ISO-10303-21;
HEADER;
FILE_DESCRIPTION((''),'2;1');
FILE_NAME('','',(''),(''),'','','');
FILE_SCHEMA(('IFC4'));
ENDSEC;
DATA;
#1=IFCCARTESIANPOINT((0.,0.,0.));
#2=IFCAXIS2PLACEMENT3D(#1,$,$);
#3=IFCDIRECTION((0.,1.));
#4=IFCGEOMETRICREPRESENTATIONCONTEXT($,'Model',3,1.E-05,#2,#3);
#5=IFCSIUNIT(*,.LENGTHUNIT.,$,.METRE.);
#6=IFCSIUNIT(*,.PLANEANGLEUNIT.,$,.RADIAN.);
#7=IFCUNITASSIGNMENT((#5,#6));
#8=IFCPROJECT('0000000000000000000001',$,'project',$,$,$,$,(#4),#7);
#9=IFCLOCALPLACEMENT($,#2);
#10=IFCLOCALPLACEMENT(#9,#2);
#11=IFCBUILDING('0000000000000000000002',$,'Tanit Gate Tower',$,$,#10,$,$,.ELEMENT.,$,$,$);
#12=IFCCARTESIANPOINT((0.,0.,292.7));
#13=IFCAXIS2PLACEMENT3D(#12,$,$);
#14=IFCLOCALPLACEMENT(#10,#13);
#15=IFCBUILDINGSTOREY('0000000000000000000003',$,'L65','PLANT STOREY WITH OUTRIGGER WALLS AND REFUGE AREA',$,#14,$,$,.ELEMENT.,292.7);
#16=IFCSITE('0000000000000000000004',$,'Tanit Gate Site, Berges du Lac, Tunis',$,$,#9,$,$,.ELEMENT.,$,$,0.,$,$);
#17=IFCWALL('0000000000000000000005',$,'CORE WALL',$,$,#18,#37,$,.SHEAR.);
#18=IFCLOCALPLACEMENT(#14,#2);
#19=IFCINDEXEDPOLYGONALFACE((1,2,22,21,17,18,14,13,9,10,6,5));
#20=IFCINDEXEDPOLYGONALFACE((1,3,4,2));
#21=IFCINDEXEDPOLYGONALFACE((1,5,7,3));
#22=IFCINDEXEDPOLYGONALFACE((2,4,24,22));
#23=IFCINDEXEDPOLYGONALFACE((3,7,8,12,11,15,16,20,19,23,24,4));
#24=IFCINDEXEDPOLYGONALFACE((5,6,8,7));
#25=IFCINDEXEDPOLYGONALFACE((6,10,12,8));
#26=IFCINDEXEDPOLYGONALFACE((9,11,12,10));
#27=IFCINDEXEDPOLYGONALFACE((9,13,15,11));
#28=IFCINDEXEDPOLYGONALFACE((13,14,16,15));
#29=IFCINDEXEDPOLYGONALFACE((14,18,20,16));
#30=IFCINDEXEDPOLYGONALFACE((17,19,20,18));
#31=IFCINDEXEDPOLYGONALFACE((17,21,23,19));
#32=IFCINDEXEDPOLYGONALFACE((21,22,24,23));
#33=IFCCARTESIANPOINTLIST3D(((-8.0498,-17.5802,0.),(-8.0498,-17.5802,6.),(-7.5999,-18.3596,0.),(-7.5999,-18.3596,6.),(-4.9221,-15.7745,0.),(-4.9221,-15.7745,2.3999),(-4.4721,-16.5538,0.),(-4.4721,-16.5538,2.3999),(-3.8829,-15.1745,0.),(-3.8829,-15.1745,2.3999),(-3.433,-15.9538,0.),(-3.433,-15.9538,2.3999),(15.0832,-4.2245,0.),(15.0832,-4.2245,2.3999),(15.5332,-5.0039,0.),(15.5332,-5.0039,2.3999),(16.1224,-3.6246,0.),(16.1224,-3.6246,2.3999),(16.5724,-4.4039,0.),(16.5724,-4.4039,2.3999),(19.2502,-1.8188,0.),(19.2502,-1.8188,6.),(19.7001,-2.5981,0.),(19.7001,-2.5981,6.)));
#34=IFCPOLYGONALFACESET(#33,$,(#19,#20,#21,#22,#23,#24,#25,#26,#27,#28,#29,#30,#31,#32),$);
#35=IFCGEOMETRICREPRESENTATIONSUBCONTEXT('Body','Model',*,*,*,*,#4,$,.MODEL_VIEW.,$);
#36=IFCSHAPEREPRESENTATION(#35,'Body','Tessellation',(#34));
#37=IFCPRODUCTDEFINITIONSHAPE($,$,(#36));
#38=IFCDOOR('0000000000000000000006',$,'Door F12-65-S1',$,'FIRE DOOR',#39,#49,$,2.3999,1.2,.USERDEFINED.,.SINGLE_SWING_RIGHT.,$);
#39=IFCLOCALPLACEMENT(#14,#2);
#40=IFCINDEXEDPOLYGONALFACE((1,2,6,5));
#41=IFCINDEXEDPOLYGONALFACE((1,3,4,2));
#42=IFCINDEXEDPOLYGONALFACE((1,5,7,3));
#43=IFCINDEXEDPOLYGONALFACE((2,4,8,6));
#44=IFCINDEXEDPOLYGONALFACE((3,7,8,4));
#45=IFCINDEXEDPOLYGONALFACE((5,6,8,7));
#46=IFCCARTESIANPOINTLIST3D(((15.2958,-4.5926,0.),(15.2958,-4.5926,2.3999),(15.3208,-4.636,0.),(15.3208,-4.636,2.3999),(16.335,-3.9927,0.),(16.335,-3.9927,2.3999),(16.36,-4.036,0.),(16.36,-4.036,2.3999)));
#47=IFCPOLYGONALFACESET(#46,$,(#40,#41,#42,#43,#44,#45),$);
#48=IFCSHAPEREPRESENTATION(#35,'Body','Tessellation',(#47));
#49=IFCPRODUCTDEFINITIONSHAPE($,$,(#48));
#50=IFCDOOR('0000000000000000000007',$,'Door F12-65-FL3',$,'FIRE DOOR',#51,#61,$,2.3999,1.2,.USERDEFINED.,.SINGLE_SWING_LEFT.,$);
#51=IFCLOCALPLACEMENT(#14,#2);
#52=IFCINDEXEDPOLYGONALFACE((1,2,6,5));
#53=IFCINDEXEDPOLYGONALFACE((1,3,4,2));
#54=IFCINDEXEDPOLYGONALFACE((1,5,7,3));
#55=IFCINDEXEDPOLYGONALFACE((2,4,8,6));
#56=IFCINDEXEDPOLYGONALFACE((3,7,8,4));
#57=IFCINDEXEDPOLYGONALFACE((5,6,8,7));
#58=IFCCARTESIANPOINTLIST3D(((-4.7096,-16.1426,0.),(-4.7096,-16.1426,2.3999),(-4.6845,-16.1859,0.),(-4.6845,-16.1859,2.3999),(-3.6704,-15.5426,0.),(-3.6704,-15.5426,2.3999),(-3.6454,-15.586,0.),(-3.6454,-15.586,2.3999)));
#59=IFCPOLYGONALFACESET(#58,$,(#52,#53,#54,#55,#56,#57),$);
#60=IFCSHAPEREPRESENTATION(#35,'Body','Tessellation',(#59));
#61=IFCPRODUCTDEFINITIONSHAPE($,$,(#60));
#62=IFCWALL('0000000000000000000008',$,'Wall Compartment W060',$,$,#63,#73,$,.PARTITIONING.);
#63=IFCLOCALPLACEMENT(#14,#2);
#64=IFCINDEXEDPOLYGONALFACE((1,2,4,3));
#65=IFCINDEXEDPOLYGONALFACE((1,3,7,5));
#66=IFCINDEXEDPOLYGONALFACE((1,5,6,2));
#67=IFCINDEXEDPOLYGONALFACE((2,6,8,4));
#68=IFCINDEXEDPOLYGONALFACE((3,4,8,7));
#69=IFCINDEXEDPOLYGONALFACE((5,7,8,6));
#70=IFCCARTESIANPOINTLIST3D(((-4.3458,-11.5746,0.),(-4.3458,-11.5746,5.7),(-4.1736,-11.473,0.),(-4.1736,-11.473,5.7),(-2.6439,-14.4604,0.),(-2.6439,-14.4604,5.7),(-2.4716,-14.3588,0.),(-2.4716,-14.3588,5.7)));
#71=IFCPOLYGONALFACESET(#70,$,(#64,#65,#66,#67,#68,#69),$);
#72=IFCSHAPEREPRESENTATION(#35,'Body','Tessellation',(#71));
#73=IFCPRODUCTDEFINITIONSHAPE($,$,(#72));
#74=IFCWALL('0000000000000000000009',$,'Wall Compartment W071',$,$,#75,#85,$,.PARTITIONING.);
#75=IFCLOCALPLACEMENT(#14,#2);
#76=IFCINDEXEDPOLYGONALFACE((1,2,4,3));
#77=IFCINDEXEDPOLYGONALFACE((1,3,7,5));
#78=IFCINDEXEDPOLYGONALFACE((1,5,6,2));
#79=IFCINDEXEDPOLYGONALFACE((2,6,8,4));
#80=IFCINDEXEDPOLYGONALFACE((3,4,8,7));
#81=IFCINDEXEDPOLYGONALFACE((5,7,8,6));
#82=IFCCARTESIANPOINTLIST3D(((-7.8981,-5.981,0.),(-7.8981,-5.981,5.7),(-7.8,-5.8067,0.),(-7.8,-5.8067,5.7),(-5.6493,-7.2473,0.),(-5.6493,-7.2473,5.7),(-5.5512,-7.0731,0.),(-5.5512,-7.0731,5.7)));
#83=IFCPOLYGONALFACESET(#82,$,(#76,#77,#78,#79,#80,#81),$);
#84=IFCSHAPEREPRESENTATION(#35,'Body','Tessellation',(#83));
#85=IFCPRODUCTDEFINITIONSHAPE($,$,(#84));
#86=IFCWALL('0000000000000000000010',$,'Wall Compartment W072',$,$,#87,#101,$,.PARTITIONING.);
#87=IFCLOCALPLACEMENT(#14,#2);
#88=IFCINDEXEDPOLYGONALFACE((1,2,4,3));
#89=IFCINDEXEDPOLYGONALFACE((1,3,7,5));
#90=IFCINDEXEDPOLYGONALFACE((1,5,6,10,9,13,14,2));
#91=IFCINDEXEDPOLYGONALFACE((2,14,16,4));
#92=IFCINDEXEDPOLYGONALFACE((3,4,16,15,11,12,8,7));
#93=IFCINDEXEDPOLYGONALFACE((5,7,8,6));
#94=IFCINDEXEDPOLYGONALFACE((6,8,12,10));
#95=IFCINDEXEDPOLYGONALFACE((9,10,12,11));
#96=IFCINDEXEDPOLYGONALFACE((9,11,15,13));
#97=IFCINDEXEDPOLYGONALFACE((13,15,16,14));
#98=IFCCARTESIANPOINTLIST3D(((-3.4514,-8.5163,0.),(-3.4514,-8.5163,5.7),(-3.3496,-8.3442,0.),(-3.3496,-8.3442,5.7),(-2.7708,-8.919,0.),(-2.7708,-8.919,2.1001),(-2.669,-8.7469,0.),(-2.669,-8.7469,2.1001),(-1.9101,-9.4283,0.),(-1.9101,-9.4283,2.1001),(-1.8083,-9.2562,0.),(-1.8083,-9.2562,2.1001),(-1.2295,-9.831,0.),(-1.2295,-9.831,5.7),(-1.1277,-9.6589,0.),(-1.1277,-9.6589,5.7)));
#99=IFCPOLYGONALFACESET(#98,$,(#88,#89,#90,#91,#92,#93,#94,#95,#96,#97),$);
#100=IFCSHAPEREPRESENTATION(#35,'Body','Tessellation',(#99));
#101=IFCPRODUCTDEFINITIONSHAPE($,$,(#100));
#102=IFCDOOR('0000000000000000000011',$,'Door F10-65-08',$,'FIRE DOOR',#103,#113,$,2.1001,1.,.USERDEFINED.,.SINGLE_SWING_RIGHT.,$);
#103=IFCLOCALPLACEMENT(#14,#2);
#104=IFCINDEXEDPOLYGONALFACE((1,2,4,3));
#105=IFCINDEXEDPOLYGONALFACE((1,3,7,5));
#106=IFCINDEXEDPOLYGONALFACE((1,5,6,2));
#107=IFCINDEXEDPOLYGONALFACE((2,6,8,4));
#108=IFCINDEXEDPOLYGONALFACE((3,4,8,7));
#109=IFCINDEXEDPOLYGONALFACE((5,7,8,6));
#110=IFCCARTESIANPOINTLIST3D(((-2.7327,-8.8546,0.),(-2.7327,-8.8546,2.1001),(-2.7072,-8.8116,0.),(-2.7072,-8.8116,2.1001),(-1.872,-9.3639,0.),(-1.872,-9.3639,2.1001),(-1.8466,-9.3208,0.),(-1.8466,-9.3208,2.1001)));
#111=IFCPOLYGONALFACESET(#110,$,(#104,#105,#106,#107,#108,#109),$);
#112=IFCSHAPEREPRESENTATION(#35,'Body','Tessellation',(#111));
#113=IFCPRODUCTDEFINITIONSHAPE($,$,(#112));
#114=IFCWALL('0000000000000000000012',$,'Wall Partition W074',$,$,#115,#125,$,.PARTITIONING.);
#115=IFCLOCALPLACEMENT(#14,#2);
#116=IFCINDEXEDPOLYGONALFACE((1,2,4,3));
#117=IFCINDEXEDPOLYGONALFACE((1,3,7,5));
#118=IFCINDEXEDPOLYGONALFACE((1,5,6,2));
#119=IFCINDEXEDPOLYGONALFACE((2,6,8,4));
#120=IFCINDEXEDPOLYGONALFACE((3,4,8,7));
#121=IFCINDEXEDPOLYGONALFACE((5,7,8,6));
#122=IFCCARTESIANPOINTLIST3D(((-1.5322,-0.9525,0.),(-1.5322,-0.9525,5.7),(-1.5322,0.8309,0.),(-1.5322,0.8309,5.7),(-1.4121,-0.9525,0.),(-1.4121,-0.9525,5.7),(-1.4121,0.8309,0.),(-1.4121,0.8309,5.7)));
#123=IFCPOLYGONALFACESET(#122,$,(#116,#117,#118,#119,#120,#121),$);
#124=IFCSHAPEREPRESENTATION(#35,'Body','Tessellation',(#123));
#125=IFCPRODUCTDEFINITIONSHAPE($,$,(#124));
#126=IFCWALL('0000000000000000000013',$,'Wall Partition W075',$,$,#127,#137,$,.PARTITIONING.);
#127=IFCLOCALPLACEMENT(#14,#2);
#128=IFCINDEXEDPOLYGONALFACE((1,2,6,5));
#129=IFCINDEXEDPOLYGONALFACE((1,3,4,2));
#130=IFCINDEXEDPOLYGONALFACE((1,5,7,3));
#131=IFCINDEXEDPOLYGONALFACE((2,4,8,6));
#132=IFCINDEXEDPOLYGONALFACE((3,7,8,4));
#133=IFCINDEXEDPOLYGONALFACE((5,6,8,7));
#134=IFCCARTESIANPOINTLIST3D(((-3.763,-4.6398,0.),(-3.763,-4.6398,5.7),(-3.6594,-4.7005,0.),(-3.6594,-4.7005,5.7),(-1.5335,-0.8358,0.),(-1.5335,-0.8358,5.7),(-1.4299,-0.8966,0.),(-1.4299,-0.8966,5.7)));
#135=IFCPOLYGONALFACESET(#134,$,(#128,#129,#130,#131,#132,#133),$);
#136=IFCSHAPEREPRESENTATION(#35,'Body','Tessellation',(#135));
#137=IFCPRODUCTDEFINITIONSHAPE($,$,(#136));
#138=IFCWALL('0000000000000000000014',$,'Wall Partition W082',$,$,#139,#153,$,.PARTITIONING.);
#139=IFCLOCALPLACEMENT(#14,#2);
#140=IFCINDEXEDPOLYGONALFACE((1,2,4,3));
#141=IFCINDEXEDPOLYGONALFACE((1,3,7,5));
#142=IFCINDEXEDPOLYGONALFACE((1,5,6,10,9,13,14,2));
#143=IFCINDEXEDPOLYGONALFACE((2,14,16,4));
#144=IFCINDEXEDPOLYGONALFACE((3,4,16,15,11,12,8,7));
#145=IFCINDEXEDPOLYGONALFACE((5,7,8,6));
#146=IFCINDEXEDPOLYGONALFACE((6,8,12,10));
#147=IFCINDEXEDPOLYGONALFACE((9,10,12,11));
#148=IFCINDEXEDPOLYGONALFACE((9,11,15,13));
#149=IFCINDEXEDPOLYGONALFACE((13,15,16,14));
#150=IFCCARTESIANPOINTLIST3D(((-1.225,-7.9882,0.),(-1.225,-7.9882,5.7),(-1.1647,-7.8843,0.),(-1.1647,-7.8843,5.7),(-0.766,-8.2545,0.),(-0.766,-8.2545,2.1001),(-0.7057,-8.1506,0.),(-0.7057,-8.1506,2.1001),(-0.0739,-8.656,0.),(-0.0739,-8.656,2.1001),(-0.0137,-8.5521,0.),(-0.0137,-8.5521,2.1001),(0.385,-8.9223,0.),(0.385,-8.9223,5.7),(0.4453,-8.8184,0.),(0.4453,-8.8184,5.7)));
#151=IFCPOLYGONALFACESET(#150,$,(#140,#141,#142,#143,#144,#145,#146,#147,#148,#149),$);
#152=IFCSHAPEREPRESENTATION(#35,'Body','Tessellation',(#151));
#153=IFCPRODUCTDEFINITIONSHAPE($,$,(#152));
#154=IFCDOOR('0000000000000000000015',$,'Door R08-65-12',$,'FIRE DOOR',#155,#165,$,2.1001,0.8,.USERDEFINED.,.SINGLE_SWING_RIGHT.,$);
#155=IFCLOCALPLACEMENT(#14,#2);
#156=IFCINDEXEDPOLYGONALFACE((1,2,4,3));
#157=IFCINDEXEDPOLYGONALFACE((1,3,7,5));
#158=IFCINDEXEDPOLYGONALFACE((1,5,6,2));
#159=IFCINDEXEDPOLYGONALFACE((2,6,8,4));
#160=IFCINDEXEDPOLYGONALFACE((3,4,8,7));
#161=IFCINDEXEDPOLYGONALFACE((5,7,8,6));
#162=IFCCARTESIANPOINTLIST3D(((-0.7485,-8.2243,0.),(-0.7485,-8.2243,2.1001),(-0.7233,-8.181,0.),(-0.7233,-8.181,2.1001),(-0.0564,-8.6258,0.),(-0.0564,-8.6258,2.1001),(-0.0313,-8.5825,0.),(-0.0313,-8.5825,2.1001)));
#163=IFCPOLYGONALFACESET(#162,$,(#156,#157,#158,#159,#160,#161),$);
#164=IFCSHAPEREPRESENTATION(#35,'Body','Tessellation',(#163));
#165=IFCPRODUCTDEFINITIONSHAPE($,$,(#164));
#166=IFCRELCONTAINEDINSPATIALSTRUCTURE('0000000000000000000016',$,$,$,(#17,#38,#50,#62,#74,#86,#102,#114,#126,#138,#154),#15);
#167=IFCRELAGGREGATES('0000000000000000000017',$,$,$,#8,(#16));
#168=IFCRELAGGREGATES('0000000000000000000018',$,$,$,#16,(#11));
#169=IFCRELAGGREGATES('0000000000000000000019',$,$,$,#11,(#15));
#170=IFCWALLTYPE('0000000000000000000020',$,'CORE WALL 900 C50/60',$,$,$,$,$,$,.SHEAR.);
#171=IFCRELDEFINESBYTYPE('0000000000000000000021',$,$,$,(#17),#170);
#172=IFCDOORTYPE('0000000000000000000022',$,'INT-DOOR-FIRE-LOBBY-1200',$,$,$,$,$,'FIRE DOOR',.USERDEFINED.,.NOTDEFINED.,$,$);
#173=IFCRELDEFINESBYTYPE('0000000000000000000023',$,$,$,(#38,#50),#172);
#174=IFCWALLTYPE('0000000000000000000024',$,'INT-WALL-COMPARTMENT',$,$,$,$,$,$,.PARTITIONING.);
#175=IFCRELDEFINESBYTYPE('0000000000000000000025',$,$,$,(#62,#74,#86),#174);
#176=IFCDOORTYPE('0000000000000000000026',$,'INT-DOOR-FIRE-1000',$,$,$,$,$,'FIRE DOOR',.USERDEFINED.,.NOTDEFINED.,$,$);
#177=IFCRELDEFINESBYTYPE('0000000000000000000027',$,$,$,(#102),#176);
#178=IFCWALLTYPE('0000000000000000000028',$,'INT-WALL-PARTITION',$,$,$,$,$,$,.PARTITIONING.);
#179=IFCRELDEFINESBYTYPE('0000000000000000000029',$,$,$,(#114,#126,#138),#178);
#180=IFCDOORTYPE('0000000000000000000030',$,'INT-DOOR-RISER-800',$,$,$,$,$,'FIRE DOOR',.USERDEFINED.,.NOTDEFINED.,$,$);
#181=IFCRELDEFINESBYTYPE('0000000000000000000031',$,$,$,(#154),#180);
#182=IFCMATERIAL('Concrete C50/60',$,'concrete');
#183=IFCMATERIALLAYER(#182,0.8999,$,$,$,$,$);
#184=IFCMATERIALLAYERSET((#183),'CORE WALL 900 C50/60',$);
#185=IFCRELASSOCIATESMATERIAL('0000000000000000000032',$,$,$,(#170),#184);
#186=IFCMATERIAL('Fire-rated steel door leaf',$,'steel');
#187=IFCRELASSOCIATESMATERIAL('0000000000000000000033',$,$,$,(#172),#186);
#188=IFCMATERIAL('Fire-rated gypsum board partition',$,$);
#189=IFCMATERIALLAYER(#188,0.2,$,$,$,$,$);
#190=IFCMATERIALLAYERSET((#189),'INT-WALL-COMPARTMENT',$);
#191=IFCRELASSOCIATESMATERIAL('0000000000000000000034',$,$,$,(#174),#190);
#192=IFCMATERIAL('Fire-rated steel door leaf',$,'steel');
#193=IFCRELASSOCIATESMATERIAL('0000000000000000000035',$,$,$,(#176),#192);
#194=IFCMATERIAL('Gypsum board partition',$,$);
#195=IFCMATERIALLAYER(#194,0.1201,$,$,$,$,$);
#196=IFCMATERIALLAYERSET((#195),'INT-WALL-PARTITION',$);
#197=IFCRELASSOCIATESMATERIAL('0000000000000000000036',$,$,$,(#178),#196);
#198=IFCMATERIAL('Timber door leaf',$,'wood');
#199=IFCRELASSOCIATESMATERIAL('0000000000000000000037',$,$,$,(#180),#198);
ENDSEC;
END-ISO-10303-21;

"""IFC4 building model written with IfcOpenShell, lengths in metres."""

from ifc_helpers import new_model, si_unit, direction, frame, frame_2d, origin, place, context, subcontext, project, spatial, rectangle, extrude, material, layer, layer_set, type_object, element, fill, save


model = new_model("IFC4")

# Units and contexts
model_context = context("Model", 3, precision=1e-05, world=origin(), true_north=direction((0.0, 1.0)))
body_context = subcontext(model_context, "Body", "Model", "MODEL_VIEW")
ifc_project = project(units=[si_unit("LENGTHUNIT", "METRE"), si_unit("PLANEANGLEUNIT", "RADIAN")], contexts=[model_context])

# Site, building, storey
site_placement = place(None, origin())
site = spatial("IfcSite", under=ifc_project, at=site_placement, Name="Tanit Gate Site, Berges du Lac, Tunis", CompositionType="ELEMENT", RefElevation=0.0)
building_placement = place(site_placement, origin())
building = spatial("IfcBuilding", under=site, at=building_placement, Name="Tanit Gate Tower", CompositionType="ELEMENT")
storey_placement = place(building_placement, frame((0.0, 0.0, 292.7)))
storey = spatial("IfcBuildingStorey", under=building, at=storey_placement, Name="L65", Description="PLANT STOREY WITH OUTRIGGER WALLS AND REFUGE AREA", CompositionType="ELEMENT", Elevation=292.7)

# Wall, openings, doors
ifc_material_1 = material(Name="Concrete C50/60", Category="concrete")
ifc_layer_1 = layer(ifc_material_1, 0.8999)
ifc_layer_set_1 = layer_set([ifc_layer_1], Name="CORE WALL 900 C50/60")
wall_type_1 = type_object("IfcWallType", Name="CORE WALL 900 C50/60", PredefinedType="SHEAR", material=ifc_layer_set_1)
wall_1_placement = place(storey_placement, frame((-7.825, -17.97, 0.0), z_axis=(0.0, 0.0, 1.0), x_axis=(0.866028, 0.499995, 0.0)))
wall_1 = element("IfcWall", 1, at=wall_1_placement, inside=storey, type_object=wall_type_1, Name="CORE WALL", PredefinedType="SHEAR", context=body_context, shape_type="SweptSolid", body=[
    extrude(rectangle(XDim=31.5232, YDim=0.8999, at=frame_2d((15.7617, 0.0))), origin(), (0.0, 0.0, 1.0), 6.0),
])
opening_1_placement = place(wall_1_placement, frame((26.7117, 0.0, 0.0)))
opening_1 = element("IfcOpeningElement", 2, at=opening_1_placement, cuts=wall_1, PredefinedType="OPENING", context=body_context, shape_type="SweptSolid", body=[
    extrude(rectangle(XDim=1.2, YDim=2.3999, at=frame_2d((0.6001, 1.2))), frame((0.0, 0.46, 0.0), z_axis=(0.0, -1.0, 0.0), x_axis=(1.0, 0.0, 0.0)), (0.0, 0.0, 1.0), 0.9199),
])
opening_2_placement = place(wall_1_placement, frame((3.6116, 0.0, 0.0)))
opening_2 = element("IfcOpeningElement", 3, at=opening_2_placement, cuts=wall_1, PredefinedType="OPENING", context=body_context, shape_type="SweptSolid", body=[
    extrude(rectangle(XDim=1.2, YDim=2.3999, at=frame_2d((0.6001, 1.2))), frame((0.0, 0.46, 0.0), z_axis=(0.0, -1.0, 0.0), x_axis=(1.0, 0.0, 0.0)), (0.0, 0.0, 1.0), 0.9199),
])
ifc_material_2 = material(Name="Fire-rated steel door leaf", Category="steel")
door_type_1 = type_object("IfcDoorType", Name="INT-DOOR-FIRE-LOBBY-1200", ElementType="FIRE DOOR", OperationType="NOTDEFINED", PredefinedType="USERDEFINED", material=ifc_material_2)
door_1_placement = place(opening_1_placement, origin())
door_1 = element("IfcDoor", 4, at=door_1_placement, inside=storey, type_object=door_type_1, Name="Door F12-65-S1", ObjectType="FIRE DOOR", OperationType="SINGLE_SWING_RIGHT", OverallHeight=2.3999, OverallWidth=1.2, PredefinedType="USERDEFINED", context=body_context, shape_type="SweptSolid", body=[
    extrude(rectangle(XDim=1.2, YDim=2.3999, at=frame_2d((0.6001, 1.2))), frame((0.0, 0.0249, 0.0), z_axis=(0.0, -1.0, 0.0), x_axis=(1.0, 0.0, 0.0)), (0.0, 0.0, 1.0), 0.05),
])
fill(opening_1, door_1)
door_2_placement = place(opening_2_placement, origin())
door_2 = element("IfcDoor", 5, at=door_2_placement, inside=storey, type_object=door_type_1, Name="Door F12-65-FL3", ObjectType="FIRE DOOR", OperationType="SINGLE_SWING_LEFT", OverallHeight=2.3999, OverallWidth=1.2, PredefinedType="USERDEFINED", context=body_context, shape_type="SweptSolid", body=[
    extrude(rectangle(XDim=1.2, YDim=2.3999, at=frame_2d((0.6001, 1.2))), frame((0.0, 0.0249, 0.0), z_axis=(0.0, -1.0, 0.0), x_axis=(1.0, 0.0, 0.0)), (0.0, 0.0, 1.0), 0.05),
])
fill(opening_2, door_2)

# Walls
ifc_material_3 = material(Name="Fire-rated gypsum board partition")
ifc_layer_2 = layer(ifc_material_3, 0.2)
ifc_layer_set_2 = layer_set([ifc_layer_2], Name="INT-WALL-COMPARTMENT")
wall_type_2 = type_object("IfcWallType", Name="INT-WALL-COMPARTMENT", PredefinedType="PARTITIONING", material=ifc_layer_set_2)
wall_2_placement = place(storey_placement, frame((-4.2598, -11.5237, 0.0), z_axis=(0.0, 0.0, 1.0), x_axis=(0.507997, -0.861359, 0.0)))
element("IfcWall", 6, at=wall_2_placement, inside=storey, type_object=wall_type_2, Name="Wall Compartment W060", PredefinedType="PARTITIONING", context=body_context, shape_type="SweptSolid", body=[
    extrude(rectangle(XDim=3.3503, YDim=0.2, at=frame_2d((1.6753, 0.0))), origin(), (0.0, 0.0, 1.0), 5.7),
])
wall_3_placement = place(storey_placement, frame((-7.8491, -5.8938, 0.0), z_axis=(0.0, 0.0, 1.0), x_axis=(0.87134, -0.490679, 0.0)))
element("IfcWall", 7, at=wall_3_placement, inside=storey, type_object=wall_type_2, Name="Wall Compartment W071", PredefinedType="PARTITIONING", context=body_context, shape_type="SweptSolid", body=[
    extrude(rectangle(XDim=2.5808, YDim=0.2, at=frame_2d((1.2905, 0.0))), origin(), (0.0, 0.0, 1.0), 5.7),
])

# Wall, opening, door
wall_4_placement = place(storey_placement, frame((-3.4006, -8.4302, 0.0), z_axis=(0.0, 0.0, 1.0), x_axis=(0.860631, -0.509229, 0.0)))
wall_4 = element("IfcWall", 8, at=wall_4_placement, inside=storey, type_object=wall_type_2, Name="Wall Compartment W072", PredefinedType="PARTITIONING", context=body_context, shape_type="SweptSolid", body=[
    extrude(rectangle(XDim=2.5818, YDim=0.2, at=frame_2d((1.291, 0.0))), origin(), (0.0, 0.0, 1.0), 5.7),
])
opening_3_placement = place(wall_4_placement, frame((0.791, 0.0, 0.0)))
opening_3 = element("IfcOpeningElement", 9, at=opening_3_placement, cuts=wall_4, PredefinedType="OPENING", context=body_context, shape_type="SweptSolid", body=[
    extrude(rectangle(XDim=1.0, YDim=2.1001, at=frame_2d((0.5, 1.05))), frame((0.0, 0.1099, 0.0), z_axis=(0.0, -1.0, 0.0), x_axis=(1.0, 0.0, 0.0)), (0.0, 0.0, 1.0), 0.22),
])
ifc_material_4 = material(Name="Fire-rated steel door leaf", Category="steel")
door_type_2 = type_object("IfcDoorType", Name="INT-DOOR-FIRE-1000", ElementType="FIRE DOOR", OperationType="NOTDEFINED", PredefinedType="USERDEFINED", material=ifc_material_4)
door_3_placement = place(opening_3_placement, origin())
door_3 = element("IfcDoor", 10, at=door_3_placement, inside=storey, type_object=door_type_2, Name="Door F10-65-08", ObjectType="FIRE DOOR", OperationType="SINGLE_SWING_RIGHT", OverallHeight=2.1001, OverallWidth=1.0, PredefinedType="USERDEFINED", context=body_context, shape_type="SweptSolid", body=[
    extrude(rectangle(XDim=1.0, YDim=2.1001, at=frame_2d((0.5, 1.05))), frame((0.0, 0.0249, 0.0), z_axis=(0.0, -1.0, 0.0), x_axis=(1.0, 0.0, 0.0)), (0.0, 0.0, 1.0), 0.05),
])
fill(opening_3, door_3)

# Walls
ifc_material_5 = material(Name="Gypsum board partition")
ifc_layer_3 = layer(ifc_material_5, 0.1201)
ifc_layer_set_3 = layer_set([ifc_layer_3], Name="INT-WALL-PARTITION")
wall_type_3 = type_object("IfcWallType", Name="INT-WALL-PARTITION", PredefinedType="PARTITIONING", material=ifc_layer_set_3)
wall_5_placement = place(storey_placement, frame((-1.4722, -0.9524, 0.0), z_axis=(0.0, 0.0, 1.0), x_axis=(0.0, 1.0, 0.0)))
element("IfcWall", 11, at=wall_5_placement, inside=storey, type_object=wall_type_3, Name="Wall Partition W074", PredefinedType="PARTITIONING", context=body_context, shape_type="SweptSolid", body=[
    extrude(rectangle(XDim=1.7834, YDim=0.1201, at=frame_2d((0.8916, 0.0))), origin(), (0.0, 0.0, 1.0), 5.7),
])
wall_6_placement = place(storey_placement, frame((-3.7112, -4.6702, 0.0), z_axis=(0.0, 0.0, 1.0), x_axis=(0.50565, 0.862739, 0.0)))
element("IfcWall", 12, at=wall_6_placement, inside=storey, type_object=wall_type_3, Name="Wall Partition W075", PredefinedType="PARTITIONING", context=body_context, shape_type="SweptSolid", body=[
    extrude(rectangle(XDim=4.4092, YDim=0.1201, at=frame_2d((2.2046, 0.0))), origin(), (0.0, 0.0, 1.0), 5.7),
])

# Wall, opening, door
wall_7_placement = place(storey_placement, frame((-1.1948, -7.9363, 0.0), z_axis=(0.0, 0.0, 1.0), x_axis=(0.86498, -0.501806, 0.0)))
wall_7 = element("IfcWall", 13, at=wall_7_placement, inside=storey, type_object=wall_type_3, Name="Wall Partition W082", PredefinedType="PARTITIONING", context=body_context, shape_type="SweptSolid", body=[
    extrude(rectangle(XDim=1.8613, YDim=0.1201, at=frame_2d((0.9307, 0.0))), origin(), (0.0, 0.0, 1.0), 5.7),
])
opening_4_placement = place(wall_7_placement, frame((0.5308, 0.0, 0.0)))
opening_4 = element("IfcOpeningElement", 14, at=opening_4_placement, cuts=wall_7, PredefinedType="OPENING", context=body_context, shape_type="SweptSolid", body=[
    extrude(rectangle(XDim=0.8, YDim=2.1001, at=frame_2d((0.3999, 1.05))), frame((0.0, 0.0701, 0.0), z_axis=(0.0, -1.0, 0.0), x_axis=(1.0, 0.0, 0.0)), (0.0, 0.0, 1.0), 0.1401),
])
ifc_material_6 = material(Name="Timber door leaf", Category="wood")
door_type_3 = type_object("IfcDoorType", Name="INT-DOOR-RISER-800", ElementType="FIRE DOOR", OperationType="NOTDEFINED", PredefinedType="USERDEFINED", material=ifc_material_6)
door_4_placement = place(opening_4_placement, origin())
door_4 = element("IfcDoor", 15, at=door_4_placement, inside=storey, type_object=door_type_3, Name="Door R08-65-12", ObjectType="FIRE DOOR", OperationType="SINGLE_SWING_RIGHT", OverallHeight=2.1001, OverallWidth=0.8, PredefinedType="USERDEFINED", context=body_context, shape_type="SweptSolid", body=[
    extrude(rectangle(XDim=0.8, YDim=2.1001, at=frame_2d((0.3999, 1.05))), frame((0.0, 0.0249, 0.0), z_axis=(0.0, -1.0, 0.0), x_axis=(1.0, 0.0, 0.0)), (0.0, 0.0, 1.0), 0.05),
])
fill(opening_4, door_4)

save(model, "model.ifc")
